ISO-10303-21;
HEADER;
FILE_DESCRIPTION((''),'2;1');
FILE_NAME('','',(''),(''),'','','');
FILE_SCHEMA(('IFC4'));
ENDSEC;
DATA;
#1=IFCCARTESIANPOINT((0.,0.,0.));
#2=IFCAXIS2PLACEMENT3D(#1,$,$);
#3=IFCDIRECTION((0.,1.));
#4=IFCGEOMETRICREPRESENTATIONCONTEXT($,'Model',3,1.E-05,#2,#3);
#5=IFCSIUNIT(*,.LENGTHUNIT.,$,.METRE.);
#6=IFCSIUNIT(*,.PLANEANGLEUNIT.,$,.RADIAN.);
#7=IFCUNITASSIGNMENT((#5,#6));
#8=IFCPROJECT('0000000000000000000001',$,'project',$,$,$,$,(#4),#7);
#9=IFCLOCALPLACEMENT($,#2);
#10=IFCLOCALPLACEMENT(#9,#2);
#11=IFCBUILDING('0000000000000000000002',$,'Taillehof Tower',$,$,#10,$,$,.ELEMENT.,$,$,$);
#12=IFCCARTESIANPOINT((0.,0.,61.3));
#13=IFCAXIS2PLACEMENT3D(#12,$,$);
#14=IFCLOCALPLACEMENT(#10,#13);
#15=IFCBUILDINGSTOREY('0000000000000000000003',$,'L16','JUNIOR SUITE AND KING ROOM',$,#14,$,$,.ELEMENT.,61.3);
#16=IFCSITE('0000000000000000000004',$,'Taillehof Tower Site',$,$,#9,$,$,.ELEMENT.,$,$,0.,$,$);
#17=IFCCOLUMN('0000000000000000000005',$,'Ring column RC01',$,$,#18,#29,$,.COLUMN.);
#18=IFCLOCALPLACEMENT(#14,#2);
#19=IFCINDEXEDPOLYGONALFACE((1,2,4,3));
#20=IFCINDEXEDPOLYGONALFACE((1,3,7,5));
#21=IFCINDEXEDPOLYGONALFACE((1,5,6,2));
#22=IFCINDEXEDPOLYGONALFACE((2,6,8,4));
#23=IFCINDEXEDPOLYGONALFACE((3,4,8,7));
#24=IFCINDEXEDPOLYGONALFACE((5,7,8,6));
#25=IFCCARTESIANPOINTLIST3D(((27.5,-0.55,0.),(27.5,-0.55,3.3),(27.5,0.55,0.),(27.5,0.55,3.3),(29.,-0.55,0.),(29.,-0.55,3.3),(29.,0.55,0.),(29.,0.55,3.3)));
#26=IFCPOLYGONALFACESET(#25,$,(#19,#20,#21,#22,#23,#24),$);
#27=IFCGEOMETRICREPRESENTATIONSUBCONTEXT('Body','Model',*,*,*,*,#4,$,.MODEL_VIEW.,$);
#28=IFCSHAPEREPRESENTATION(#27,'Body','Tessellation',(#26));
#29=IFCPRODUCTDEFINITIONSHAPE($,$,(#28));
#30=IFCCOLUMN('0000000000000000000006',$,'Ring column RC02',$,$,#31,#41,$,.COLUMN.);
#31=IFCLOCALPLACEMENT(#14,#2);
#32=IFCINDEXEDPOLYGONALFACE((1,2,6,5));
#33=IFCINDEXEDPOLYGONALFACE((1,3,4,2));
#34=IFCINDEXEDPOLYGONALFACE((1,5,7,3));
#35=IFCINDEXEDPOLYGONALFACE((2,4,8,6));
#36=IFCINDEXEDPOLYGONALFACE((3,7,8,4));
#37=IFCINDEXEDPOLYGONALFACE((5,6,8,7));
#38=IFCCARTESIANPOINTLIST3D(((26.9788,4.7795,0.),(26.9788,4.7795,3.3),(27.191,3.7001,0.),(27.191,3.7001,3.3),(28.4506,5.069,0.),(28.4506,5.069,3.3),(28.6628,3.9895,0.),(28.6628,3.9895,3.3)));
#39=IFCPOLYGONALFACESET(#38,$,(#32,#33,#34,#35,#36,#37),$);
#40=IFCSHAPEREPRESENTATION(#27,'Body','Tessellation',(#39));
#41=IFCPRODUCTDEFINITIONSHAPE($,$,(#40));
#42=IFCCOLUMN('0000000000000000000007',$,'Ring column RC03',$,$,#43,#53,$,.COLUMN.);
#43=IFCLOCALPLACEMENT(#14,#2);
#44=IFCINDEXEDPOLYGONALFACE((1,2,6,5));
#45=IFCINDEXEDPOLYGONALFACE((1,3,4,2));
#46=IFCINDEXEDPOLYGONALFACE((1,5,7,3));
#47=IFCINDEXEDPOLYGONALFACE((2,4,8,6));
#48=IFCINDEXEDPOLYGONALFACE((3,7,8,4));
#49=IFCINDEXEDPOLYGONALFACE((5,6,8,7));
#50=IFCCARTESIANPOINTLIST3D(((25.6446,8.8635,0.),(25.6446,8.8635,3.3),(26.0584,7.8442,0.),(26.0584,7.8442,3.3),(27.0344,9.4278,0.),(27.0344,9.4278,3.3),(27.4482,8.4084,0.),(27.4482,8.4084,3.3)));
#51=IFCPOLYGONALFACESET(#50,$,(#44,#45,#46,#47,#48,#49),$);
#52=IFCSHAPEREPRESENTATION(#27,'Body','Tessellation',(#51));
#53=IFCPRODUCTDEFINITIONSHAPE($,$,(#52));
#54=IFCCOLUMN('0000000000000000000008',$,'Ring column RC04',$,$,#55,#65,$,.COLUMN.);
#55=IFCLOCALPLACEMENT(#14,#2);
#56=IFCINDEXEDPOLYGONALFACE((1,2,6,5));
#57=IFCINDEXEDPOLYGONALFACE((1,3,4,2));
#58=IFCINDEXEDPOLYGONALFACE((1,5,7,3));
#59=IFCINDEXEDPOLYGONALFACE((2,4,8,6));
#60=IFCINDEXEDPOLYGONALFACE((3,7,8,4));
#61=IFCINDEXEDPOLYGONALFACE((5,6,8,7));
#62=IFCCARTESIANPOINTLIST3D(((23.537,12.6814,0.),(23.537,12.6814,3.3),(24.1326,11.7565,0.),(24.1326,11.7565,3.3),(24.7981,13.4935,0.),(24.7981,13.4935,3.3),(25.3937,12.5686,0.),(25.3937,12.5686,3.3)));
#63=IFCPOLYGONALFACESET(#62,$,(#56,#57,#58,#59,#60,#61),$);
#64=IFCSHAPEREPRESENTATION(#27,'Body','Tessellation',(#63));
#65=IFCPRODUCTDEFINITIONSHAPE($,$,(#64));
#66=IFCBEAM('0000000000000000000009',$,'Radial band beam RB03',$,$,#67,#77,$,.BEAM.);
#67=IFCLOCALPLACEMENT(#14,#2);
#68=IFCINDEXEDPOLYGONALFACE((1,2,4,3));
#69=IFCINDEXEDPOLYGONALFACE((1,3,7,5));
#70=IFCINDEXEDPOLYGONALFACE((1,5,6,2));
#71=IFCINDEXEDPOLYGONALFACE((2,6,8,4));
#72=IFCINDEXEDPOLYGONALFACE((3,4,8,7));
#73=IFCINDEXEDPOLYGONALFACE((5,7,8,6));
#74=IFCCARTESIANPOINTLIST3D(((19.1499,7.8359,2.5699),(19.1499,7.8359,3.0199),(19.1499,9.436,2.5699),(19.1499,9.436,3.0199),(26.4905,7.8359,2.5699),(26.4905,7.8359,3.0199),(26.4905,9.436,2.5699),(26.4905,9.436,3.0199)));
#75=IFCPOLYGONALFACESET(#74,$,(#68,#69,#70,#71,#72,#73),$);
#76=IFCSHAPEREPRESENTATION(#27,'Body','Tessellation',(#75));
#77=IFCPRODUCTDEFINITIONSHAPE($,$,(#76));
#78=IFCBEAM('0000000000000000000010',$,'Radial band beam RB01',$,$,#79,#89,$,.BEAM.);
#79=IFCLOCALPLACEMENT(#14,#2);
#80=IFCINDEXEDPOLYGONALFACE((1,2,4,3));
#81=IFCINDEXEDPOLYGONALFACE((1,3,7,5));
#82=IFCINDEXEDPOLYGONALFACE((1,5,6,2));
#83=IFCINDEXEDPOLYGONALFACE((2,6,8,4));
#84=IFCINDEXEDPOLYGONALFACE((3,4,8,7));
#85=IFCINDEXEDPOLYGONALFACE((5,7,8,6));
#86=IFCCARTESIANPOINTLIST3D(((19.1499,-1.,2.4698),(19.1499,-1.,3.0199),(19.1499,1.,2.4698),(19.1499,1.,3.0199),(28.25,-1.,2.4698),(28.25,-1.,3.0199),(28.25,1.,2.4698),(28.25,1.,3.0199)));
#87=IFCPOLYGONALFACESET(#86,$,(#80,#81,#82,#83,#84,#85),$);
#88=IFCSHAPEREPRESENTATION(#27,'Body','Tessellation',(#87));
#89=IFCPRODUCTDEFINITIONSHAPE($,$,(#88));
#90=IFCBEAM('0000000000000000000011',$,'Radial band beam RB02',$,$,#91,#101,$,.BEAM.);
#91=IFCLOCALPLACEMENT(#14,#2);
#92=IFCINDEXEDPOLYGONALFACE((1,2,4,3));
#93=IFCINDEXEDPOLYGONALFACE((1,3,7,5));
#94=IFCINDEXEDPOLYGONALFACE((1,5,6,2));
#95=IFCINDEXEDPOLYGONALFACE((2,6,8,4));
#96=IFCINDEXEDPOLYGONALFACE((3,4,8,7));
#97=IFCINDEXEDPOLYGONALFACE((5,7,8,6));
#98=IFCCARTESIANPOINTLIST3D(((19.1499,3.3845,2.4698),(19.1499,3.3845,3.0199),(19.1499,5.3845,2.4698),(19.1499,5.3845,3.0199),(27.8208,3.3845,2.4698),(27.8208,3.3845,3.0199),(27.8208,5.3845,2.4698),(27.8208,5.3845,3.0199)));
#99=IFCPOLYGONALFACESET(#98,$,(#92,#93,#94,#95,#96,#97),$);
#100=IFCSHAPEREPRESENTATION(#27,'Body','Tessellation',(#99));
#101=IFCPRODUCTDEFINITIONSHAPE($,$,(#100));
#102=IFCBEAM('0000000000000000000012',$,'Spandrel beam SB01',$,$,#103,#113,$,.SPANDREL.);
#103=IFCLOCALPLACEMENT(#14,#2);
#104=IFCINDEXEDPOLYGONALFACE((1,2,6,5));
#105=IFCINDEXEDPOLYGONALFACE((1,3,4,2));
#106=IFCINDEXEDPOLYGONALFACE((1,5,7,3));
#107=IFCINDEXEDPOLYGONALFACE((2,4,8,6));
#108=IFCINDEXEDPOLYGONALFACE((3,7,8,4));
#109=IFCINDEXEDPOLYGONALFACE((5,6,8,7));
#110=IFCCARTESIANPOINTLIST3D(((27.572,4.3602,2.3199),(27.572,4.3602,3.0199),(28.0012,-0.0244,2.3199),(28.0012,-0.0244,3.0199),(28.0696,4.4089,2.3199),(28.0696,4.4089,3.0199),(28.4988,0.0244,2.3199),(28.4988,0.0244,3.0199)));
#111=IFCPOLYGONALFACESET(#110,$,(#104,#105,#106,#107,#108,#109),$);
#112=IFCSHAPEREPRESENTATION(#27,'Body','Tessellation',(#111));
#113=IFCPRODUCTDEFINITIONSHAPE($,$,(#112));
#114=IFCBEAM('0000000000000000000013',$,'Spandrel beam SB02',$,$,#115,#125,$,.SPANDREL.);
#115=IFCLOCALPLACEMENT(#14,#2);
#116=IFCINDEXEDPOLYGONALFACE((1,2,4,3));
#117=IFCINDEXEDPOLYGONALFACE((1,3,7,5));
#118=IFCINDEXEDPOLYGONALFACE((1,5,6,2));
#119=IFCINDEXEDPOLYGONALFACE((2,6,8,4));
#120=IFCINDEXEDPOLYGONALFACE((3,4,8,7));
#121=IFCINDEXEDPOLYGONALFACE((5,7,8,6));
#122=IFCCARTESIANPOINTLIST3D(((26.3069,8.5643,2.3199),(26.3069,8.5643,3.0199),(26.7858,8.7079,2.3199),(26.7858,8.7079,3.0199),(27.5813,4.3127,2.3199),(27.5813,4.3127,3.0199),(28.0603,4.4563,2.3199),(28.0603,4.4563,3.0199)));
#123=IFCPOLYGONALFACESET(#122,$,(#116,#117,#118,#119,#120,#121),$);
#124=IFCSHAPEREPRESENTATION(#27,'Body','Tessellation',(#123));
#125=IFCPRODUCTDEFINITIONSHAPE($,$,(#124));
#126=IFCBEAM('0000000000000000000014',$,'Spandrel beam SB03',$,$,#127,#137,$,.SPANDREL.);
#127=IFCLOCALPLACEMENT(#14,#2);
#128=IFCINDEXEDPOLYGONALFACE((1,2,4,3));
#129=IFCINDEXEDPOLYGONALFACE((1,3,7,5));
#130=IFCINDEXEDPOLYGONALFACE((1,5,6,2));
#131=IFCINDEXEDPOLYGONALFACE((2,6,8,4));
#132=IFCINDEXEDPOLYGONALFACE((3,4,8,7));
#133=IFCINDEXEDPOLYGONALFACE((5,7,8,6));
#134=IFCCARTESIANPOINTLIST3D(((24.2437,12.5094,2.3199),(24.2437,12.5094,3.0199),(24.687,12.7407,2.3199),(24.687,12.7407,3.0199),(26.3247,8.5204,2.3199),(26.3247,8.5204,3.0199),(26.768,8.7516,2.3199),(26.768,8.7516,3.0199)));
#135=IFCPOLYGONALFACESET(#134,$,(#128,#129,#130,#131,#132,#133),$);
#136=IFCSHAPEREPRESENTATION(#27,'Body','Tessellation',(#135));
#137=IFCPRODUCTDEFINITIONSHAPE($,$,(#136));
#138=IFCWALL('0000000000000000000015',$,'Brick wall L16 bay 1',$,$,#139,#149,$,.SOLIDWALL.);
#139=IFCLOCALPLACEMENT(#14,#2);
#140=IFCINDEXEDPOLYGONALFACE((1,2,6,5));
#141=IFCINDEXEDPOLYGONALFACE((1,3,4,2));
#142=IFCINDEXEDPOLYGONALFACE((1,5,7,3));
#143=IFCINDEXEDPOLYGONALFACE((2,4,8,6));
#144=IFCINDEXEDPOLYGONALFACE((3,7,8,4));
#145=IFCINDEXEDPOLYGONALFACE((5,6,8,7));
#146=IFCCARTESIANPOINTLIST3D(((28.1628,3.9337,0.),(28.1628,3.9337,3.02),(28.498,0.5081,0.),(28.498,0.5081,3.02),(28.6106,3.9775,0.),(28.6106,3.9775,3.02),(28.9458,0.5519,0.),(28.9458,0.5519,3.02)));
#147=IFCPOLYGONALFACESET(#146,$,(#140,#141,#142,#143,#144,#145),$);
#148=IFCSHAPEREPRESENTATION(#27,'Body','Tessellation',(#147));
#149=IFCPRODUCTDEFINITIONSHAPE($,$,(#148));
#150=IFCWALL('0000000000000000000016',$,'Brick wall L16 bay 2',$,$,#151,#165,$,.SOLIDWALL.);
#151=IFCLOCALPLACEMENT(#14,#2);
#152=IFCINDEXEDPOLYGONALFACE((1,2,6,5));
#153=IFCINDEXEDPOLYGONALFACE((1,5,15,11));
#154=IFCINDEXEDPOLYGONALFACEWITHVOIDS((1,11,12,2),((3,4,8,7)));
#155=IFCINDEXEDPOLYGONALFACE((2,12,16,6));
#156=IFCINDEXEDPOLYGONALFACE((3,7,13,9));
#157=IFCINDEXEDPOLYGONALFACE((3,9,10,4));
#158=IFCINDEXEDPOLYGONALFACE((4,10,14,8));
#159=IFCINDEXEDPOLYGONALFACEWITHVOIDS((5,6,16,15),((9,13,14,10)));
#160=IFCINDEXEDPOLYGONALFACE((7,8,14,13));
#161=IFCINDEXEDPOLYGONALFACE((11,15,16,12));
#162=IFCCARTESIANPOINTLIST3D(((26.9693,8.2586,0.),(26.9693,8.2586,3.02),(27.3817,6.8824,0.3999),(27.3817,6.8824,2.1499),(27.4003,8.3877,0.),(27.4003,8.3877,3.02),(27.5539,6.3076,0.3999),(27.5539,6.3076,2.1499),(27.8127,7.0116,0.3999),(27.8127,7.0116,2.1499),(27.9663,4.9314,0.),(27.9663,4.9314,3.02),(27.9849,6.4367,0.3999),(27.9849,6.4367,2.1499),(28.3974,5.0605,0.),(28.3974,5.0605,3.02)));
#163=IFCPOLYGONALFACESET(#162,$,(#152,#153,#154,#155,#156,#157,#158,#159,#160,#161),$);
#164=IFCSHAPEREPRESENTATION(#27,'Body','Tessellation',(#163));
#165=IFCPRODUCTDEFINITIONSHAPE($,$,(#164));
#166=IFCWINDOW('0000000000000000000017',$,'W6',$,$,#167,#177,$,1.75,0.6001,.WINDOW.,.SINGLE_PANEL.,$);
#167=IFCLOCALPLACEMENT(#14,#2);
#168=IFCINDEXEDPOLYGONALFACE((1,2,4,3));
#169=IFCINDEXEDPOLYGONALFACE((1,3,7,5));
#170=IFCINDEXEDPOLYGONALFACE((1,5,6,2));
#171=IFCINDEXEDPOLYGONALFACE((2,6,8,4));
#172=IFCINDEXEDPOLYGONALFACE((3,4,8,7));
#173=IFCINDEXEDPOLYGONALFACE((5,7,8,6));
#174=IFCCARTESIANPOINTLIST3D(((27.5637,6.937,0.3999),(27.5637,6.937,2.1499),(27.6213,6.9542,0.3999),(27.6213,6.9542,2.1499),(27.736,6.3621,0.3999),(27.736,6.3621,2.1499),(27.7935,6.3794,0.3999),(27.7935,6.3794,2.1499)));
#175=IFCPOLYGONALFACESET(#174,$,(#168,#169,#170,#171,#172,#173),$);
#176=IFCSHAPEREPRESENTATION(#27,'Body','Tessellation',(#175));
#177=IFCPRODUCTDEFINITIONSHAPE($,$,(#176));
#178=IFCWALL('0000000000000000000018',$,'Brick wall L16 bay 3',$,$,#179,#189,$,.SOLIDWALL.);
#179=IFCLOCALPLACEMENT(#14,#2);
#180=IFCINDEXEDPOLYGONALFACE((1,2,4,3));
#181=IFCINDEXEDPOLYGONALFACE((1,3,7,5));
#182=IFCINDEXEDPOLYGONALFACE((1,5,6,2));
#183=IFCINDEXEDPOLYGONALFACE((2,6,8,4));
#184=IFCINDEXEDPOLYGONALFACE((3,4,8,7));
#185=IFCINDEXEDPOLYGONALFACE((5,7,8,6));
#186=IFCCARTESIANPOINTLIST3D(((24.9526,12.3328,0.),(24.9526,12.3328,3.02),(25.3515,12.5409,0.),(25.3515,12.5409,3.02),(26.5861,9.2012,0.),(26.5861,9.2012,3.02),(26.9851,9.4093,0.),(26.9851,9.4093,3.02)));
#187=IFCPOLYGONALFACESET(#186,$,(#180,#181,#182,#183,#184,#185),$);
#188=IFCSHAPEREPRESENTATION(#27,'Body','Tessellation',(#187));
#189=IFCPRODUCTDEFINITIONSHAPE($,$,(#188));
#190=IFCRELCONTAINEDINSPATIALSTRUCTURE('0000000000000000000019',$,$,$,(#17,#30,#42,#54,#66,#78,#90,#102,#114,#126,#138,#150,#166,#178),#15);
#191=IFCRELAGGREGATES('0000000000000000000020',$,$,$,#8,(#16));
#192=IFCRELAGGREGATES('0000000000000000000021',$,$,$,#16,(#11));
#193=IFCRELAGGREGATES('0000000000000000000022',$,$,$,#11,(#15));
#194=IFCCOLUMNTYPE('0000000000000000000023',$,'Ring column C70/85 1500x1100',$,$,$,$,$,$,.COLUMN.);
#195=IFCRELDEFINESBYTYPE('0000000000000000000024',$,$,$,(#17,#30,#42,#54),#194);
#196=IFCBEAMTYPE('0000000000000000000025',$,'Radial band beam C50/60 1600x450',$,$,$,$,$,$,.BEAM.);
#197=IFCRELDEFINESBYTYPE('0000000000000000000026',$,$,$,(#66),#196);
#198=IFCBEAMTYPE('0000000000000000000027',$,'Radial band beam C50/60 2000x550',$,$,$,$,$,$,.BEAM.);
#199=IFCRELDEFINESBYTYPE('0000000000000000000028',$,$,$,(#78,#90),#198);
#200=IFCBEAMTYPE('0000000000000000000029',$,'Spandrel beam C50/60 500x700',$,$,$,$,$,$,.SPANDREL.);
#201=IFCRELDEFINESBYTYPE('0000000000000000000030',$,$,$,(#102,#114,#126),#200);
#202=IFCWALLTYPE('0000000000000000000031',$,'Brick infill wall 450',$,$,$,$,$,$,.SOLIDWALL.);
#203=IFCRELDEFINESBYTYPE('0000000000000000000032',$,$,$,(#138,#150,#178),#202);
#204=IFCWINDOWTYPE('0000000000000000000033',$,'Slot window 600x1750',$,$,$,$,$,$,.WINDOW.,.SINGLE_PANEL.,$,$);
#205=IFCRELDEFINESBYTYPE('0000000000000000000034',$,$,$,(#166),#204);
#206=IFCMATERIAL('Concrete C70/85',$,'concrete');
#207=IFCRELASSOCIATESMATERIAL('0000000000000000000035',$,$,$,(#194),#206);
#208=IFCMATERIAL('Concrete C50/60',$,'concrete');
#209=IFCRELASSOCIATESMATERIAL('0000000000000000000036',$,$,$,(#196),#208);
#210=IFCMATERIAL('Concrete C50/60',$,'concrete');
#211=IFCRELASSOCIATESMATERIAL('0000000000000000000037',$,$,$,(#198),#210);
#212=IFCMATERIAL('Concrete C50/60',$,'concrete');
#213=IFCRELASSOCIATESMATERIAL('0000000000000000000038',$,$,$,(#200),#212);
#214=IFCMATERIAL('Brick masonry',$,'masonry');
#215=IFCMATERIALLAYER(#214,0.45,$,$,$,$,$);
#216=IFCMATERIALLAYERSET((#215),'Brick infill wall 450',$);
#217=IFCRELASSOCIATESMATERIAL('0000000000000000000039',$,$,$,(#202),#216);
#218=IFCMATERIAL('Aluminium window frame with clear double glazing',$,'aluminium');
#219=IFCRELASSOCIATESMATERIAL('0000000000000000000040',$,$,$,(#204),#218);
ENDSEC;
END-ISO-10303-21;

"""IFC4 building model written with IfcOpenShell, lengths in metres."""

from ifc_helpers import new_model, si_unit, direction, frame, frame_2d, origin, origin_2d, place, context, subcontext, project, spatial, rectangle, extrude, material, layer, layer_set, material_profile, profile_set, type_object, element, fill, save


model = new_model("IFC4")

# Units and contexts
model_context = context("Model", 3, precision=1e-05, world=origin(), true_north=direction((0.0, 1.0)))
body_context = subcontext(model_context, "Body", "Model", "MODEL_VIEW")
ifc_project = project(units=[si_unit("LENGTHUNIT", "METRE"), si_unit("PLANEANGLEUNIT", "RADIAN")], contexts=[model_context])

# Site, building, storey
site_placement = place(None, origin())
site = spatial("IfcSite", under=ifc_project, at=site_placement, Name="Taillehof Tower Site", CompositionType="ELEMENT", RefElevation=0.0)
building_placement = place(site_placement, origin())
building = spatial("IfcBuilding", under=site, at=building_placement, Name="Taillehof Tower", CompositionType="ELEMENT")
storey_placement = place(building_placement, frame((0.0, 0.0, 61.3)))
storey = spatial("IfcBuildingStorey", under=building, at=storey_placement, Name="L16", Description="JUNIOR SUITE AND KING ROOM", CompositionType="ELEMENT", Elevation=61.3)

# Columns
ifc_material_1 = material(Name="Concrete C70/85", Category="concrete")
ifc_material_profile_1 = material_profile(ifc_material_1, rectangle(XDim=1.5, YDim=1.1001, at=origin_2d()), Name="RC 1500x1100")
ifc_profile_set_1 = profile_set([ifc_material_profile_1], Name="Concrete C70/85")
column_type = type_object("IfcColumnType", Name="Ring column C70/85 1500x1100", PredefinedType="COLUMN", material=ifc_profile_set_1)
for number, where, z_axis, x_axis, name in (
    (1, (28.25, 0.0, 0.0), (0.0, 0.0, 1.0), (1.0, 0.0, 0.0), "Ring column RC01"),
    (2, (27.8208, 4.3845, 0.0), (0.0, 0.0, 1.0), (0.981204, 0.192976, 0.0), "Ring column RC02"),
    (3, (26.5464, 8.636, 0.0), (0.0, 0.0, 1.0), (0.926558, 0.376152, 0.0), "Ring column RC03"),
    (4, (24.4653, 12.625, 0.0), (0.0, 0.0, 1.0), (0.840754, 0.541418, 0.0), "Ring column RC04"),
):
    element("IfcColumn", number, at=place(storey_placement, frame(where, z_axis=z_axis, x_axis=x_axis)), inside=storey, type_object=column_type, Name=name, PredefinedType="COLUMN", context=body_context, shape_type="SweptSolid", body=[
        extrude(rectangle(XDim=1.5, YDim=1.1001, at=origin_2d()), origin(), (0.0, 0.0, 1.0), 3.3),
    ])

# Beams
ifc_material_2 = material(Name="Concrete C50/60", Category="concrete")
ifc_material_profile_2 = material_profile(ifc_material_2, rectangle(XDim=1.6001, YDim=0.45, at=origin_2d()), Name="RC 1600x450")
ifc_profile_set_2 = profile_set([ifc_material_profile_2], Name="Concrete C50/60")
beam_type_1 = type_object("IfcBeamType", Name="Radial band beam C50/60 1600x450", PredefinedType="BEAM", material=ifc_profile_set_2)
beam_1_placement = place(storey_placement, frame((26.4905, 8.636, 2.7949), z_axis=(-1.0, 0.0, 0.0), x_axis=(0.0, -1.0, 0.0)))
element("IfcBeam", 5, at=beam_1_placement, inside=storey, type_object=beam_type_1, Name="Radial band beam RB03", PredefinedType="BEAM", context=body_context, shape_type="SweptSolid", body=[
    extrude(rectangle(XDim=1.6001, YDim=0.45, at=origin_2d()), origin(), (0.0, 0.0, 1.0), 7.3406),
])
ifc_material_3 = material(Name="Concrete C50/60", Category="concrete")
ifc_material_profile_3 = material_profile(ifc_material_3, rectangle(XDim=2.0, YDim=0.55, at=origin_2d()), Name="RC 2000x550")
ifc_profile_set_3 = profile_set([ifc_material_profile_3], Name="Concrete C50/60")
beam_type_2 = type_object("IfcBeamType", Name="Radial band beam C50/60 2000x550", PredefinedType="BEAM", material=ifc_profile_set_3)
beam_2_placement = place(storey_placement, frame((28.25, 0.0, 2.7449), z_axis=(-1.0, 0.0, 0.0), x_axis=(0.0, -1.0, 0.0)))
element("IfcBeam", 6, at=beam_2_placement, inside=storey, type_object=beam_type_2, Name="Radial band beam RB01", PredefinedType="BEAM", context=body_context, shape_type="SweptSolid", body=[
    extrude(rectangle(XDim=2.0, YDim=0.55, at=origin_2d()), origin(), (0.0, 0.0, 1.0), 9.1001),
])
beam_3_placement = place(storey_placement, frame((27.8208, 4.3845, 2.7449), z_axis=(-1.0, 0.0, 0.0), x_axis=(0.0, -1.0, 0.0)))
element("IfcBeam", 7, at=beam_3_placement, inside=storey, type_object=beam_type_2, Name="Radial band beam RB02", PredefinedType="BEAM", context=body_context, shape_type="SweptSolid", body=[
    extrude(rectangle(XDim=2.0, YDim=0.55, at=origin_2d()), origin(), (0.0, 0.0, 1.0), 8.6709),
])
ifc_material_4 = material(Name="Concrete C50/60", Category="concrete")
ifc_material_profile_4 = material_profile(ifc_material_4, rectangle(XDim=0.5, YDim=0.7, at=origin_2d()), Name="RC 500x700")
ifc_profile_set_4 = profile_set([ifc_material_profile_4], Name="Concrete C50/60")
beam_type_3 = type_object("IfcBeamType", Name="Spandrel beam C50/60 500x700", PredefinedType="SPANDREL", material=ifc_profile_set_4)
beam_4_placement = place(storey_placement, frame((28.25, 0.0, 2.6699), z_axis=(-0.097424, 0.995243, 0.0), x_axis=(-0.995243, -0.097424, 0.0)))
element("IfcBeam", 8, at=beam_4_placement, inside=storey, type_object=beam_type_3, Name="Spandrel beam SB01", PredefinedType="SPANDREL", context=body_context, shape_type="SweptSolid", body=[
    extrude(rectangle(XDim=0.5, YDim=0.7, at=origin_2d()), origin(), (0.0, 0.0, 1.0), 4.4055),
])
beam_5_placement = place(storey_placement, frame((27.8208, 4.3845, 2.6699), z_axis=(-0.287136, 0.95789, 0.0), x_axis=(-0.95789, -0.287136, 0.0)))
element("IfcBeam", 9, at=beam_5_placement, inside=storey, type_object=beam_type_3, Name="Spandrel beam SB02", PredefinedType="SPANDREL", context=body_context, shape_type="SweptSolid", body=[
    extrude(rectangle(XDim=0.5, YDim=0.7, at=origin_2d()), origin(), (0.0, 0.0, 1.0), 4.4385),
])
beam_6_placement = place(storey_placement, frame((26.5464, 8.636, 2.6699), z_axis=(-0.462536, 0.8866, 0.0), x_axis=(-0.8866, -0.462536, 0.0)))
element("IfcBeam", 10, at=beam_6_placement, inside=storey, type_object=beam_type_3, Name="Spandrel beam SB03", PredefinedType="SPANDREL", context=body_context, shape_type="SweptSolid", body=[
    extrude(rectangle(XDim=0.5, YDim=0.7, at=origin_2d()), origin(), (0.0, 0.0, 1.0), 4.4993),
])

# Wall
ifc_material_5 = material(Name="Brick masonry", Category="masonry")
ifc_layer_1 = layer(ifc_material_5, 0.45)
ifc_layer_set_1 = layer_set([ifc_layer_1], Name="Brick infill wall 450")
wall_type_1 = type_object("IfcWallType", Name="Brick infill wall 450", PredefinedType="SOLIDWALL", material=ifc_layer_set_1)
wall_1_placement = place(storey_placement, frame((28.7219, 0.53, 0.0), z_axis=(0.0, 0.0, 1.0), x_axis=(-0.09739, 0.995246, 0.0)))
element("IfcWall", 11, at=wall_1_placement, inside=storey, type_object=wall_type_1, Name="Brick wall L16 bay 1", PredefinedType="SOLIDWALL", context=body_context, shape_type="SweptSolid", body=[
    extrude(rectangle(XDim=3.4419, YDim=0.45, at=frame_2d((1.7209, 0.0))), origin(), (0.0, 0.0, 1.0), 3.02),
])

# Wall, opening, window
wall_2_placement = place(storey_placement, frame((28.1819, 4.9958, 0.0), z_axis=(0.0, 0.0, 1.0), x_axis=(-0.287064, 0.957911, 0.0)))
wall_2 = element("IfcWall", 12, at=wall_2_placement, inside=storey, type_object=wall_type_1, Name="Brick wall L16 bay 2", PredefinedType="SOLIDWALL", context=body_context, shape_type="SweptSolid", body=[
    extrude(rectangle(XDim=3.4734, YDim=0.45, at=frame_2d((1.7368, 0.0))), origin(), (0.0, 0.0, 1.0), 3.02),
])
opening_1_placement = place(wall_2_placement, frame((1.4368, 0.0, 0.3999)))
opening_1 = element("IfcOpeningElement", 13, at=opening_1_placement, cuts=wall_2, PredefinedType="OPENING", context=body_context, shape_type="SweptSolid", body=[
    extrude(rectangle(XDim=0.6001, YDim=1.75, at=frame_2d((0.3, 0.875))), frame((0.0, 0.2349, 0.0), z_axis=(0.0, -1.0, 0.0), x_axis=(1.0, 0.0, 0.0)), (0.0, 0.0, 1.0), 0.47),
])
ifc_material_6 = material(Name="Aluminium window frame with clear double glazing", Category="aluminium")
window_type = type_object("IfcWindowType", Name="Slot window 600x1750", PartitioningType="SINGLE_PANEL", PredefinedType="WINDOW", material=ifc_material_6)
window_placement = place(opening_1_placement, origin())
window = element("IfcWindow", 14, at=window_placement, inside=storey, type_object=window_type, Name="W6", OverallHeight=1.75, OverallWidth=0.6001, PartitioningType="SINGLE_PANEL", PredefinedType="WINDOW", context=body_context, shape_type="SweptSolid", body=[
    extrude(rectangle(XDim=0.6001, YDim=1.75, at=frame_2d((0.3, 0.875))), frame((0.0, 0.0349, 0.0), z_axis=(0.0, -1.0, 0.0), x_axis=(1.0, 0.0, 0.0)), (0.0, 0.0, 1.0), 0.0601),
])
fill(opening_1, window)

# Wall
wall_3_placement = place(storey_placement, frame((26.7856, 9.3052, 0.0), z_axis=(0.0, 0.0, 1.0), x_axis=(-0.462493, 0.886623, 0.0)))
element("IfcWall", 15, at=wall_3_placement, inside=storey, type_object=wall_type_1, Name="Brick wall L16 bay 3", PredefinedType="SOLIDWALL", context=body_context, shape_type="SweptSolid", body=[
    extrude(rectangle(XDim=3.532, YDim=0.45, at=frame_2d((1.7661, 0.0))), origin(), (0.0, 0.0, 1.0), 3.02),
])

save(model, "model.ifc")
